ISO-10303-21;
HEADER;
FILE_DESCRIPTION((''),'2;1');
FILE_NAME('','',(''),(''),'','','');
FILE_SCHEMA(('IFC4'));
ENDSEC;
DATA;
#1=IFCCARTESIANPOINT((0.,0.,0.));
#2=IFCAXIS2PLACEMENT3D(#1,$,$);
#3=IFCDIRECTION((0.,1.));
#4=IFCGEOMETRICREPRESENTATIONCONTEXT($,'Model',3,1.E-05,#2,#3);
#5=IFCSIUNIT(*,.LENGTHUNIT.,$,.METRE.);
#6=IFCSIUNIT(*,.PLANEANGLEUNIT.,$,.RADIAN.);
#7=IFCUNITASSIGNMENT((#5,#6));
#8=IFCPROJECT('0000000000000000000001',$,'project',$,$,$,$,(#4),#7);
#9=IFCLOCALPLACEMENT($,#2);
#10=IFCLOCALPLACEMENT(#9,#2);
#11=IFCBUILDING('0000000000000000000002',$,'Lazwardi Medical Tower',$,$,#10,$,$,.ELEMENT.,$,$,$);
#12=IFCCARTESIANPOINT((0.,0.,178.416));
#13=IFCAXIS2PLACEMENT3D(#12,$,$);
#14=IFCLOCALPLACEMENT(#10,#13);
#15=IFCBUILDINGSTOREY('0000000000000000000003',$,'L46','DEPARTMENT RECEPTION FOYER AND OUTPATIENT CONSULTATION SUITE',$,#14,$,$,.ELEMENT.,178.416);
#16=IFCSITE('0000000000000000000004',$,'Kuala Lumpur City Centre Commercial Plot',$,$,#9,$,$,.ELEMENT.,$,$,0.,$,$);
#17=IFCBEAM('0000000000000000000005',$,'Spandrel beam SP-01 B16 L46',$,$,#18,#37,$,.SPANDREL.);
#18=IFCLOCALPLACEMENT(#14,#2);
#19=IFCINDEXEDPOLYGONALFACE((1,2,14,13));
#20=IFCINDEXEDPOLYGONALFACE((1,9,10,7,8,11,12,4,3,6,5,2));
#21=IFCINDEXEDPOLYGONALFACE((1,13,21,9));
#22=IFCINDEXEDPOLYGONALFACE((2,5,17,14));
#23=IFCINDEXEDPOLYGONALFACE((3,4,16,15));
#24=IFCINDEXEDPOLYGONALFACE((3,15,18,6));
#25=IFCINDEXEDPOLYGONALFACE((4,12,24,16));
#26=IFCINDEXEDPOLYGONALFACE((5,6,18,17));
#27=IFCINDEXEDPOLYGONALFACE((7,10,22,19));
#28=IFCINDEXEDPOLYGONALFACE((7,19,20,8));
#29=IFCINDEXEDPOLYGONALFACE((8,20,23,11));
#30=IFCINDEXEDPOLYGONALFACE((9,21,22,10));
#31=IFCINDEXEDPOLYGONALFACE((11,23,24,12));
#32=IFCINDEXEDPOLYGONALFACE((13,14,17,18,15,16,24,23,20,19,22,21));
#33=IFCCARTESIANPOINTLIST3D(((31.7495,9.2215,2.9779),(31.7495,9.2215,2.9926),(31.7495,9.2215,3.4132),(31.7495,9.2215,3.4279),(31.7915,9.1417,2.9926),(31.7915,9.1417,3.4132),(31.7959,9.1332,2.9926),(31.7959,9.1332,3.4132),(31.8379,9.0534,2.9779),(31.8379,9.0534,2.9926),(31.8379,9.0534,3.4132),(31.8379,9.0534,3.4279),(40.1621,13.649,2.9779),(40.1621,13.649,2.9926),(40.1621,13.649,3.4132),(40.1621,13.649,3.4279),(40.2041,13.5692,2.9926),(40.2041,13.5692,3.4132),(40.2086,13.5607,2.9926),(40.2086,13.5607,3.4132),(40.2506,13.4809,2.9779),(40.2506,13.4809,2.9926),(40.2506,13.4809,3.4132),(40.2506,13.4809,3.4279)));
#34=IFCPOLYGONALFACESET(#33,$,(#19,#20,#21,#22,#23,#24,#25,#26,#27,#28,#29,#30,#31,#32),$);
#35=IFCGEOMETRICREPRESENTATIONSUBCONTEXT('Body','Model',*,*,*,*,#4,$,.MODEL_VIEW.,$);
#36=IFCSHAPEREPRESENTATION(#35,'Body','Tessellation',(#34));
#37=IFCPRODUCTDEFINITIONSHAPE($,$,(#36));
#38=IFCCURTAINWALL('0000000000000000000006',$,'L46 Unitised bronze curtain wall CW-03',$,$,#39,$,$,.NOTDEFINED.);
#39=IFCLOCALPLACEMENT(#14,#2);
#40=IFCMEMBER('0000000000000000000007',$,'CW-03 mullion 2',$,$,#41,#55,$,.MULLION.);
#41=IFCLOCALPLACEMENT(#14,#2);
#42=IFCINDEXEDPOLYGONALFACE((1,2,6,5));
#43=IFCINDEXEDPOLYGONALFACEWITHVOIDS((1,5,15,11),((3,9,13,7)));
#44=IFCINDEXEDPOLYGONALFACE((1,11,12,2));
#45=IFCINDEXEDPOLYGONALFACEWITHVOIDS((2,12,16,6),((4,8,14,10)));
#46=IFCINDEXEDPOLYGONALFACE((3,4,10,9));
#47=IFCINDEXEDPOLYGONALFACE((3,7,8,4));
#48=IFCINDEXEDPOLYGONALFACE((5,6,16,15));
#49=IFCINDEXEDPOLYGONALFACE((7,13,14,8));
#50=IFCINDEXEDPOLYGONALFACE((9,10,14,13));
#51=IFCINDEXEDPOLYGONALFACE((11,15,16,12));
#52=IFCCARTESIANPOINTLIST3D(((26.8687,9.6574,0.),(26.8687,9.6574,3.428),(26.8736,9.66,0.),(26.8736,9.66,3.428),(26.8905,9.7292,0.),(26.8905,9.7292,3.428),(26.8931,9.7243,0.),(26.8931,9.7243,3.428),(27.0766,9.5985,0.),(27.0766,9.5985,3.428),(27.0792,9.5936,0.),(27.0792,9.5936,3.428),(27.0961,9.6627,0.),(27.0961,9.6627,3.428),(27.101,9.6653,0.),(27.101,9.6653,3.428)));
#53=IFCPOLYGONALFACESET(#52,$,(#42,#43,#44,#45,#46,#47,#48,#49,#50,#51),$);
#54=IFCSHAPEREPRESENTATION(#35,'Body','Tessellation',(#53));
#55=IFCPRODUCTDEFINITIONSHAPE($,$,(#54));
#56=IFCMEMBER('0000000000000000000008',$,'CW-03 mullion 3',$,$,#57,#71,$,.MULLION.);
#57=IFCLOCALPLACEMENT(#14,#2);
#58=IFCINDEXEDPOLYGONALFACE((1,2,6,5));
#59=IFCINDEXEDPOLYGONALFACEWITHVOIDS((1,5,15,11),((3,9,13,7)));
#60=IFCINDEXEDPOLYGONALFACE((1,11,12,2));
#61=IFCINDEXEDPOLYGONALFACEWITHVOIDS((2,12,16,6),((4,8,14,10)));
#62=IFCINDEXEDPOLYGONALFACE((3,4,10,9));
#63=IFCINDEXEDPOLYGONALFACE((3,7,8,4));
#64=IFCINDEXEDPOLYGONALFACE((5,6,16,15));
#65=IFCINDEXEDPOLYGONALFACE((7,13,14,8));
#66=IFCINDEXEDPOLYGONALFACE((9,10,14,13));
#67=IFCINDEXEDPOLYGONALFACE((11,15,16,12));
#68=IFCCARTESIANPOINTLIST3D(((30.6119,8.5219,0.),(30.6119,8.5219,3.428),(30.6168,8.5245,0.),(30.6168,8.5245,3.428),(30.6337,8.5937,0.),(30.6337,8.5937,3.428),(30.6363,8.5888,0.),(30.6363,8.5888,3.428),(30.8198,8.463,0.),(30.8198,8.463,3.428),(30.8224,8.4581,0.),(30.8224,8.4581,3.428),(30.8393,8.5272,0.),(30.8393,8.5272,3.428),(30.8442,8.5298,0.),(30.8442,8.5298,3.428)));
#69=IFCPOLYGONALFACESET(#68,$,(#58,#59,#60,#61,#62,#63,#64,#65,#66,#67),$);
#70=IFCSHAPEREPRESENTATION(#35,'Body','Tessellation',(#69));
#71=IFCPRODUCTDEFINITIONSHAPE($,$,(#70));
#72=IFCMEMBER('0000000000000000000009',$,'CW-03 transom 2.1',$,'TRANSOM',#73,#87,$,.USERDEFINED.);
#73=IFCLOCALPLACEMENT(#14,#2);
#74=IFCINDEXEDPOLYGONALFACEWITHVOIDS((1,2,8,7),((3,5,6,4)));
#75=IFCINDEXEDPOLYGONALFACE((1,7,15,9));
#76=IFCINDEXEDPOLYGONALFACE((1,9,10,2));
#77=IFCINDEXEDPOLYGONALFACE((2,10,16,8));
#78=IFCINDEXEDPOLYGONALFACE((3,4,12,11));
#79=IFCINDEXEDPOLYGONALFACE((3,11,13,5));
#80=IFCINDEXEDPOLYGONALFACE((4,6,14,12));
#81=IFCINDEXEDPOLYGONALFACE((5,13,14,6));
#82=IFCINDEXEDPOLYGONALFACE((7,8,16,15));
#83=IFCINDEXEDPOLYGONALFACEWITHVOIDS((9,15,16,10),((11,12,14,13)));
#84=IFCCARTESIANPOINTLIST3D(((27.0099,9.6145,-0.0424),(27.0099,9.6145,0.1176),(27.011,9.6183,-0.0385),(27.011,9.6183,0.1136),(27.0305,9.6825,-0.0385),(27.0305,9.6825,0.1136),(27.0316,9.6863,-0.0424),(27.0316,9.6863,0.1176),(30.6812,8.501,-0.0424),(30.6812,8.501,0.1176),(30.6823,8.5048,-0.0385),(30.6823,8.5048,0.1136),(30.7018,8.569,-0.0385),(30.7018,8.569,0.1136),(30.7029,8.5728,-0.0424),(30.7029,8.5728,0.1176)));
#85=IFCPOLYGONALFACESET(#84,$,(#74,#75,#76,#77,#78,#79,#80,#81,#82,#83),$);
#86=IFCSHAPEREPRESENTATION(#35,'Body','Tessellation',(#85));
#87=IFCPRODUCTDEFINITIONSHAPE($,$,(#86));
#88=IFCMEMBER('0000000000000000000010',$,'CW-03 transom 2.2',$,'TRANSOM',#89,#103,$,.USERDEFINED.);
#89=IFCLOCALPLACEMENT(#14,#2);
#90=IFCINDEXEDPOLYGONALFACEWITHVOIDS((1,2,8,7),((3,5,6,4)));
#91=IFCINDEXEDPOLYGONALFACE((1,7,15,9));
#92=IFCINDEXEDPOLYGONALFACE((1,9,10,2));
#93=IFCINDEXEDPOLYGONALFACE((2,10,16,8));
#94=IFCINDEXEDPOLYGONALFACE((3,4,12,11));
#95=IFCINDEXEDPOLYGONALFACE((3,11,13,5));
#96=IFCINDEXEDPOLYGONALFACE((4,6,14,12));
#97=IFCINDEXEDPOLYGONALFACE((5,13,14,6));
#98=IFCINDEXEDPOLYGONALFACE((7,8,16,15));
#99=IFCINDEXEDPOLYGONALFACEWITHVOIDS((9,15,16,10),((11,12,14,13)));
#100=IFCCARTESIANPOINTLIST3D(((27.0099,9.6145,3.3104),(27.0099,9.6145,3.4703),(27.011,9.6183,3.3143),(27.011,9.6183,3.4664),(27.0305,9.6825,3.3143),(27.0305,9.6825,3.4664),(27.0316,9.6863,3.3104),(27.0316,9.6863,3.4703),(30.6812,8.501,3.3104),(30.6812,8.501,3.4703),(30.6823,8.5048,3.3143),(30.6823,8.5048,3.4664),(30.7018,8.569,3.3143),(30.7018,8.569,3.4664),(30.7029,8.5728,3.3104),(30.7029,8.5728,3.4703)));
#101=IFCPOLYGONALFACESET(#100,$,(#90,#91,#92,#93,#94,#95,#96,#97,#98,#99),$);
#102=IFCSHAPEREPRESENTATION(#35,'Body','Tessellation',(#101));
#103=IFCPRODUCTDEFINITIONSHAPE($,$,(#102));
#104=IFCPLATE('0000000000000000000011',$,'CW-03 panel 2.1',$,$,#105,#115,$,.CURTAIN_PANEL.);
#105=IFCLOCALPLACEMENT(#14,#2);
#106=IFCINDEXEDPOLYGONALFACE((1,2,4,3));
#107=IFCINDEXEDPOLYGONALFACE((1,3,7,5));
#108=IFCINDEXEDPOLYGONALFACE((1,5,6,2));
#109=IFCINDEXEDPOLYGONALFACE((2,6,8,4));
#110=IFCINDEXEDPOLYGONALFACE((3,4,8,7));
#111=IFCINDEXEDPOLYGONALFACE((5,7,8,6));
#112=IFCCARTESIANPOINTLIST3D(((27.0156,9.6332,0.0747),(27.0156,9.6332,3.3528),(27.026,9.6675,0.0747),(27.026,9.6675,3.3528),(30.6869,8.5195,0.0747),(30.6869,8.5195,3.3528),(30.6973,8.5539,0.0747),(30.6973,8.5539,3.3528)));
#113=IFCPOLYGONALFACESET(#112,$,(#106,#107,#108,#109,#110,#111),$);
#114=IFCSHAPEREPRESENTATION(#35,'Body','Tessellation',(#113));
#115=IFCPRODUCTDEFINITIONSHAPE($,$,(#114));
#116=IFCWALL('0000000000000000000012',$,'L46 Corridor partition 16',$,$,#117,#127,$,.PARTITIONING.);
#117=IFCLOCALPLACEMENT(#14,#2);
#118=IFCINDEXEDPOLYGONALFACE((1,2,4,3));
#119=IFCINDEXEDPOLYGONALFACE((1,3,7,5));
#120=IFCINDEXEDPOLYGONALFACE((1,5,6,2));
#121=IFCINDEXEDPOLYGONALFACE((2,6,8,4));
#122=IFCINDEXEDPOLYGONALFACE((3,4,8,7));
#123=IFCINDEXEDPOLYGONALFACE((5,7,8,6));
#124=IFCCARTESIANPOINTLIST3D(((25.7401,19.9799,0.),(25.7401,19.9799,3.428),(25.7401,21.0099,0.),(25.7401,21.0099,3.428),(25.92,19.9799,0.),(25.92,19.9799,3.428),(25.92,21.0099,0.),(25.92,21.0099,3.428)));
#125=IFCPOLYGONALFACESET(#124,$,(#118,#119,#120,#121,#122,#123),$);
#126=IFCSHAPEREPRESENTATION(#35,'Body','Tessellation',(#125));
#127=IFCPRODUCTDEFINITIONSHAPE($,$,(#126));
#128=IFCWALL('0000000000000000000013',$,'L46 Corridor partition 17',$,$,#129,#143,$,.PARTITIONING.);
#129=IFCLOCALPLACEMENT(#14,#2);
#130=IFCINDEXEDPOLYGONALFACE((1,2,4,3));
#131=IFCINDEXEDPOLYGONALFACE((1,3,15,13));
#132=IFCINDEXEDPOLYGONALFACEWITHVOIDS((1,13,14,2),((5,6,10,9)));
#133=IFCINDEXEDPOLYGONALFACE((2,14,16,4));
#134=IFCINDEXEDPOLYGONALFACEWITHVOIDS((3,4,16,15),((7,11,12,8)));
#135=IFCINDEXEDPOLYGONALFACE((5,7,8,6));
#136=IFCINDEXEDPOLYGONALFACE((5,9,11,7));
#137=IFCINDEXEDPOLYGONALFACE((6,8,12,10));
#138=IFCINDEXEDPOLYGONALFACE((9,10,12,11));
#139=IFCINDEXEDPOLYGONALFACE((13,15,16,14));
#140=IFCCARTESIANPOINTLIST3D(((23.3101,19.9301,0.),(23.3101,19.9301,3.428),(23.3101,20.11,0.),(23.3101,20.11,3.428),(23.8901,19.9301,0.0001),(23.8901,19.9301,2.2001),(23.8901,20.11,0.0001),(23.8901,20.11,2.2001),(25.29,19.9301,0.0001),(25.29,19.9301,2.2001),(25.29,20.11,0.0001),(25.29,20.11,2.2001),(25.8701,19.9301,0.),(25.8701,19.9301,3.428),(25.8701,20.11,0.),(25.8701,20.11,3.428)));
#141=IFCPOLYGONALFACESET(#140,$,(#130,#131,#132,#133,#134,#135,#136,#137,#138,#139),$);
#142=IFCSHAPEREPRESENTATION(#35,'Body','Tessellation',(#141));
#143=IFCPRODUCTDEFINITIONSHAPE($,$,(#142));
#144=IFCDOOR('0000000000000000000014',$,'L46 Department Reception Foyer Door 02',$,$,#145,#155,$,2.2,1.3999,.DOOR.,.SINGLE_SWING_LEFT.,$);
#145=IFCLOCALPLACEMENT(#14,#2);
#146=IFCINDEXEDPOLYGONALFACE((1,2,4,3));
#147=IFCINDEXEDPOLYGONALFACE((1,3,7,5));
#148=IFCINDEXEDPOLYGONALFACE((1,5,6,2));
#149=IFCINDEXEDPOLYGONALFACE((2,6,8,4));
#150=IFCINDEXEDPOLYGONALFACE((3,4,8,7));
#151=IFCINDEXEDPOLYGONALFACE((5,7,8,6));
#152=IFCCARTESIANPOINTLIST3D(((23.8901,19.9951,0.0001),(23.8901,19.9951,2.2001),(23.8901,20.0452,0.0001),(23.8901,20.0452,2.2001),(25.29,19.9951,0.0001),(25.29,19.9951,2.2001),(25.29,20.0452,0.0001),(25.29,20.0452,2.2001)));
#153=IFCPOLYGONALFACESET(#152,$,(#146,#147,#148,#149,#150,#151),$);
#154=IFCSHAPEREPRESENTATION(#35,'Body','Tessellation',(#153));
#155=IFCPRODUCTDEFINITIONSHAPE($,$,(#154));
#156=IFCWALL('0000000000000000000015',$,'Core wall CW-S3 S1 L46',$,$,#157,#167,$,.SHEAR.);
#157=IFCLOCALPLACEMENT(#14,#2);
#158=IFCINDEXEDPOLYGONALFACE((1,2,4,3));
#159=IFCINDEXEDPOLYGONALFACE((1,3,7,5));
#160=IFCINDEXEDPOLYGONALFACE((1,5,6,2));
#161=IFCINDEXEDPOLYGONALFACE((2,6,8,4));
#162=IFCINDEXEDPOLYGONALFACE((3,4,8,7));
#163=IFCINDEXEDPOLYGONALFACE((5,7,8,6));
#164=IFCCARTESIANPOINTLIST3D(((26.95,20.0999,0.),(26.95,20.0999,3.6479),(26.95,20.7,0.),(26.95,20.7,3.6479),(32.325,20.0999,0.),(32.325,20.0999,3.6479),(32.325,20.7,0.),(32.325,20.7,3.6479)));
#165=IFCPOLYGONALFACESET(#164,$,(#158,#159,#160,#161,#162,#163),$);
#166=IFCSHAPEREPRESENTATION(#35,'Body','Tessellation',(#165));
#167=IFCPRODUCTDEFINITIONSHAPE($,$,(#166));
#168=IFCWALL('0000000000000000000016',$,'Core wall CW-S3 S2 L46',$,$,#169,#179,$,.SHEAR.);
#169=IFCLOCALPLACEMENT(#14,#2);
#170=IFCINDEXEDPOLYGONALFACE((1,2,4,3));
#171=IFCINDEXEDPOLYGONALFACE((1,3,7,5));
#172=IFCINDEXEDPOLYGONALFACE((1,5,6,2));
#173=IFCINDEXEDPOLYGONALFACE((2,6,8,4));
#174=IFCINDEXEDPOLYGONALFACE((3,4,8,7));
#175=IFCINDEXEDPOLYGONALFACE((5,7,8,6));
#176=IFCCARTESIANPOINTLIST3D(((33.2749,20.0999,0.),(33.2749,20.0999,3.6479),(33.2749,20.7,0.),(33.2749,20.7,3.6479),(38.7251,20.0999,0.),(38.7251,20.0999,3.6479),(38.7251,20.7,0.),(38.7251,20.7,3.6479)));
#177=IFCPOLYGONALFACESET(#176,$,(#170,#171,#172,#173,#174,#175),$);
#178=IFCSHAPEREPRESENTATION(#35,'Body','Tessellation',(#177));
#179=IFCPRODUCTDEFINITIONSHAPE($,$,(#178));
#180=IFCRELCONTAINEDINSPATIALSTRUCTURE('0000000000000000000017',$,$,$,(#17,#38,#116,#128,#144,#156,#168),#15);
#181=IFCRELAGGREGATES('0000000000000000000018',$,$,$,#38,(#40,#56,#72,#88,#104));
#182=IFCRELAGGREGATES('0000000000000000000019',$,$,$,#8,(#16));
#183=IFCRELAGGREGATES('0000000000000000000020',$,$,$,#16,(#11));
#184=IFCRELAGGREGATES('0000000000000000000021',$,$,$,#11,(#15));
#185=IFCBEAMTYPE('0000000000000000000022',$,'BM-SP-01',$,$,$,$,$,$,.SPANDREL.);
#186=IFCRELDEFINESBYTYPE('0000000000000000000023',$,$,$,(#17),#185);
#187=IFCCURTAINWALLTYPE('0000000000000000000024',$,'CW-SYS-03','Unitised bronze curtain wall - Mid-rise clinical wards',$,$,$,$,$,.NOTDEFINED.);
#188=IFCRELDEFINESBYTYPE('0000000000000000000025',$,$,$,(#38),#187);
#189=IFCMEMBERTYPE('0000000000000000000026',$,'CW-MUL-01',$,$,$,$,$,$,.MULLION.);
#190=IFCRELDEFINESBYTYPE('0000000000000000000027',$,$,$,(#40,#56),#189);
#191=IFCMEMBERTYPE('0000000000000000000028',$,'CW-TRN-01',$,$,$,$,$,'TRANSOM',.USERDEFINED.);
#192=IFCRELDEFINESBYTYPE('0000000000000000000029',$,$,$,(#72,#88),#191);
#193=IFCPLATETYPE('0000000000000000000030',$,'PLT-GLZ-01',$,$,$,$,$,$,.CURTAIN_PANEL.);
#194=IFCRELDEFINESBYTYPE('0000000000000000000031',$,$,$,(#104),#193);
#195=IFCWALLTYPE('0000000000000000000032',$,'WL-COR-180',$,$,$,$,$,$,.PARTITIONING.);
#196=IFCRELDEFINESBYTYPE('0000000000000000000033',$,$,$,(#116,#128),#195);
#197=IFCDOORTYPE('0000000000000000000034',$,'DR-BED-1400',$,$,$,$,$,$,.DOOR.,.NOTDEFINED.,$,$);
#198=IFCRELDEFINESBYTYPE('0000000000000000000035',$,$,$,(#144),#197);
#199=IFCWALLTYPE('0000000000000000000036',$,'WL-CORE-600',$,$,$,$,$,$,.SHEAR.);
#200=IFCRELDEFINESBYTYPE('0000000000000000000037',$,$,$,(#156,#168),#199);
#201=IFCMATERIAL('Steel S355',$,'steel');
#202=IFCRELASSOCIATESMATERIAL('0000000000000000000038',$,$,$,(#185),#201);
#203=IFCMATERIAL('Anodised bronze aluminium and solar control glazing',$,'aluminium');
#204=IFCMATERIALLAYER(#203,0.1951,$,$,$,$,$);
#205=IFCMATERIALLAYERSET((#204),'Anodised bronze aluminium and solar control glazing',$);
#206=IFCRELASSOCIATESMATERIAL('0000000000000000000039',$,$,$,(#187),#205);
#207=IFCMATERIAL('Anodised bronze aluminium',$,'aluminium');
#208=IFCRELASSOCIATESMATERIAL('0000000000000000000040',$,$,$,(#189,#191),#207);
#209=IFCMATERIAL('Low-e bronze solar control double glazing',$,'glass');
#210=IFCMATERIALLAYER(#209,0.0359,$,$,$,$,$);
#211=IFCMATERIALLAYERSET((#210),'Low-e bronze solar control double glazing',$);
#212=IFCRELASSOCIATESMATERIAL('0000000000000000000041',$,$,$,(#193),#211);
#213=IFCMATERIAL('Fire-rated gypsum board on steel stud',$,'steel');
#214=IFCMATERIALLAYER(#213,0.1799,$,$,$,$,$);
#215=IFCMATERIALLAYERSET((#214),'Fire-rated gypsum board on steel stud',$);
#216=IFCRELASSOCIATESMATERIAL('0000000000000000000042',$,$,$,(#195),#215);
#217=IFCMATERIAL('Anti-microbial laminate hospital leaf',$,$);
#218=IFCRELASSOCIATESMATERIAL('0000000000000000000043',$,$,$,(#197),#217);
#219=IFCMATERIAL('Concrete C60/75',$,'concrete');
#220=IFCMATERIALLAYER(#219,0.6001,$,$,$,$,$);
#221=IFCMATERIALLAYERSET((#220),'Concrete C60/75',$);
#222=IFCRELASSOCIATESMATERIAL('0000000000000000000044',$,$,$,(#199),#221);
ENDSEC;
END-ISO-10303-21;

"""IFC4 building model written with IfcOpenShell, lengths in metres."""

from ifc_helpers import new_model, si_unit, direction, frame, frame_2d, origin, origin_2d, place, context, subcontext, project, spatial, rectangle, hollow_rectangle, i_section, extrude, material, layer, layer_set, material_profile, profile_set, type_object, element, fill, aggregate, save


model = new_model("IFC4")

# Units and contexts
model_context = context("Model", 3, precision=1e-05, world=origin(), true_north=direction((0.0, 1.0)))
body_context = subcontext(model_context, "Body", "Model", "MODEL_VIEW")
ifc_project = project(units=[si_unit("LENGTHUNIT", "METRE"), si_unit("PLANEANGLEUNIT", "RADIAN")], contexts=[model_context])

# Site, building, storey
site_placement = place(None, origin())
site = spatial("IfcSite", under=ifc_project, at=site_placement, Name="Kuala Lumpur City Centre Commercial Plot", CompositionType="ELEMENT", RefElevation=0.0)
building_placement = place(site_placement, origin())
building = spatial("IfcBuilding", under=site, at=building_placement, Name="Lazwardi Medical Tower", CompositionType="ELEMENT")
storey_placement = place(building_placement, frame((0.0, 0.0, 178.416)))
storey = spatial("IfcBuildingStorey", under=building, at=storey_placement, Name="L46", Description="DEPARTMENT RECEPTION FOYER AND OUTPATIENT CONSULTATION SUITE", CompositionType="ELEMENT", Elevation=178.416)

# Shared definitions
ifc_material_1 = material(Name="Concrete C60/75", Category="concrete")

# Beam
ifc_material_2 = material(Name="Steel S355", Category="steel")
ifc_material_profile_1 = material_profile(ifc_material_2, i_section(OverallWidth=0.1899, OverallDepth=0.45, WebThickness=0.0095, FlangeThickness=0.0146, at=origin_2d()), Name="IPE 450")
ifc_profile_set_1 = profile_set([ifc_material_profile_1], Name="Steel S355")
beam_type_1 = type_object("IfcBeamType", Name="BM-SP-01", PredefinedType="SPANDREL", material=ifc_profile_set_1)
beam_1_placement = place(storey_placement, frame((31.7937, 9.1375, 3.2029), z_axis=(0.884927, 0.465731, 0.0), x_axis=(-0.465731, 0.884927, 0.0)))
element("IfcBeam", 1, at=beam_1_placement, inside=storey, type_object=beam_type_1, Name="Spandrel beam SP-01 B16 L46", PredefinedType="SPANDREL", context=body_context, shape_type="SweptSolid", body=[
    extrude(i_section(OverallWidth=0.1899, OverallDepth=0.45, WebThickness=0.0095, FlangeThickness=0.0146, at=origin_2d()), origin(), (0.0, 0.0, 1.0), 9.5066),
])

# Curtain wall, members, plate
ifc_material_3 = material(Name="Anodised bronze aluminium and solar control glazing", Category="aluminium")
ifc_layer_1 = layer(ifc_material_3, 0.1951)
ifc_layer_set_1 = layer_set([ifc_layer_1], Name="Anodised bronze aluminium and solar control glazing")
curtain_wall_type = type_object("IfcCurtainWallType", Name="CW-SYS-03", Description="Unitised bronze curtain wall - Mid-rise clinical wards", PredefinedType="NOTDEFINED", material=ifc_layer_set_1)
curtain_wall_placement = place(storey_placement, origin())
curtain_wall = element("IfcCurtainWall", 2, at=curtain_wall_placement, inside=storey, type_object=curtain_wall_type, Name="L46 Unitised bronze curtain wall CW-03", PredefinedType="NOTDEFINED")
ifc_material_4 = material(Name="Anodised bronze aluminium", Category="aluminium")
ifc_material_profile_2 = material_profile(ifc_material_4, hollow_rectangle(XDim=0.075, YDim=0.22, WallThickness=0.0039, at=origin_2d()), Name="ALU-MULLION 220x75x4")
ifc_profile_set_2 = profile_set([ifc_material_profile_2], Name="Anodised bronze aluminium")
member_type_1 = type_object("IfcMemberType", Name="CW-MUL-01", PredefinedType="MULLION", material=ifc_profile_set_2)
member_1_placement = place(storey_placement, frame((26.9849, 9.6614, 0.0), z_axis=(0.0, 0.0, 1.0), x_axis=(0.290281, 0.956942, 0.0)))
member_1 = element("IfcMember", 3, at=member_1_placement, type_object=member_type_1, Name="CW-03 mullion 2", PredefinedType="MULLION", context=body_context, shape_type="SweptSolid", body=[
    extrude(hollow_rectangle(XDim=0.075, YDim=0.22, WallThickness=0.0039, at=origin_2d()), origin(), (0.0, 0.0, 1.0), 3.428),
])
member_2_placement = place(storey_placement, frame((30.728, 8.5259, 0.0), z_axis=(0.0, 0.0, 1.0), x_axis=(0.290281, 0.956942, 0.0)))
member_2 = element("IfcMember", 4, at=member_2_placement, type_object=member_type_1, Name="CW-03 mullion 3", PredefinedType="MULLION", context=body_context, shape_type="SweptSolid", body=[
    extrude(hollow_rectangle(XDim=0.075, YDim=0.22, WallThickness=0.0039, at=origin_2d()), origin(), (0.0, 0.0, 1.0), 3.428),
])
ifc_material_profile_3 = material_profile(ifc_material_4, hollow_rectangle(XDim=0.075, YDim=0.1599, WallThickness=0.0039, at=origin_2d()), Name="ALU-TRANSOM 160x75x4")
ifc_profile_set_3 = profile_set([ifc_material_profile_3], Name="Anodised bronze aluminium")
member_type_2 = type_object("IfcMemberType", Name="CW-TRN-01", ElementType="TRANSOM", PredefinedType="USERDEFINED", material=ifc_profile_set_3)
member_3_placement = place(storey_placement, frame((27.0208, 9.6504, 0.0376), z_axis=(0.956953, -0.290242, 0.0), x_axis=(0.290242, 0.956953, 0.0)))
member_3 = element("IfcMember", 5, at=member_3_placement, type_object=member_type_2, Name="CW-03 transom 2.1", ObjectType="TRANSOM", PredefinedType="USERDEFINED", context=body_context, shape_type="SweptSolid", body=[
    extrude(hollow_rectangle(XDim=0.075, YDim=0.1599, WallThickness=0.0039, at=origin_2d()), origin(), (0.0, 0.0, 1.0), 3.8364),
])
member_4_placement = place(storey_placement, frame((27.0208, 9.6504, 3.3904), z_axis=(0.956953, -0.290242, 0.0), x_axis=(0.290242, 0.956953, 0.0)))
member_4 = element("IfcMember", 6, at=member_4_placement, type_object=member_type_2, Name="CW-03 transom 2.2", ObjectType="TRANSOM", PredefinedType="USERDEFINED", context=body_context, shape_type="SweptSolid", body=[
    extrude(hollow_rectangle(XDim=0.075, YDim=0.1599, WallThickness=0.0039, at=origin_2d()), origin(), (0.0, 0.0, 1.0), 3.8364),
])
ifc_material_5 = material(Name="Low-e bronze solar control double glazing", Category="glass")
ifc_layer_2 = layer(ifc_material_5, 0.0359)
ifc_layer_set_2 = layer_set([ifc_layer_2], Name="Low-e bronze solar control double glazing")
plate_type = type_object("IfcPlateType", Name="PLT-GLZ-01", PredefinedType="CURTAIN_PANEL", material=ifc_layer_set_2)
plate_placement = place(storey_placement, frame((28.8564, 9.0935, 0.0747), z_axis=(0.0, 0.0, 1.0), x_axis=(0.956942, -0.290281, 0.0)))
plate = element("IfcPlate", 7, at=plate_placement, type_object=plate_type, Name="CW-03 panel 2.1", PredefinedType="CURTAIN_PANEL", context=body_context, shape_type="SweptSolid", body=[
    extrude(rectangle(XDim=3.8364, YDim=0.0359, at=origin_2d()), origin(), (0.0, 0.0, 1.0), 3.2781),
])
aggregate(curtain_wall, [member_1, member_2, member_3, member_4, plate])

# Wall
ifc_material_6 = material(Name="Fire-rated gypsum board on steel stud", Category="steel")
ifc_layer_3 = layer(ifc_material_6, 0.1799)
ifc_layer_set_3 = layer_set([ifc_layer_3], Name="Fire-rated gypsum board on steel stud")
wall_type_1 = type_object("IfcWallType", Name="WL-COR-180", PredefinedType="PARTITIONING", material=ifc_layer_set_3)
wall_1_placement = place(storey_placement, frame((25.8301, 21.01, 0.0), z_axis=(0.0, 0.0, 1.0), x_axis=(0.0, -1.0, 0.0)))
element("IfcWall", 8, at=wall_1_placement, inside=storey, type_object=wall_type_1, Name="L46 Corridor partition 16", PredefinedType="PARTITIONING", context=body_context, shape_type="SweptSolid", body=[
    extrude(rectangle(XDim=1.03, YDim=0.1799, at=frame_2d((0.5151, 0.0))), origin(), (0.0, 0.0, 1.0), 3.428),
])

# Wall, opening, door
wall_2_placement = place(storey_placement, frame((25.8701, 20.02, 0.0), z_axis=(0.0, 0.0, 1.0), x_axis=(-1.0, 0.0, 0.0)))
wall_2 = element("IfcWall", 9, at=wall_2_placement, inside=storey, type_object=wall_type_1, Name="L46 Corridor partition 17", PredefinedType="PARTITIONING", context=body_context, shape_type="SweptSolid", body=[
    extrude(rectangle(XDim=2.5601, YDim=0.1799, at=frame_2d((1.28, 0.0))), origin(), (0.0, 0.0, 1.0), 3.428),
])
opening_1_placement = place(wall_2_placement, frame((0.5801, 0.0, 0.0)))
opening_1 = element("IfcOpeningElement", 10, at=opening_1_placement, cuts=wall_2, PredefinedType="OPENING", context=body_context, shape_type="SweptSolid", body=[
    extrude(rectangle(XDim=1.3999, YDim=2.2, at=frame_2d((0.7, 1.1001))), frame((0.0, 0.0999, 0.0), z_axis=(0.0, -1.0, 0.0), x_axis=(1.0, 0.0, 0.0)), (0.0, 0.0, 1.0), 0.2),
])
ifc_material_7 = material(Name="Anti-microbial laminate hospital leaf")
door_type_1 = type_object("IfcDoorType", Name="DR-BED-1400", OperationType="NOTDEFINED", PredefinedType="DOOR", material=ifc_material_7)
door_1_placement = place(opening_1_placement, origin())
door_1 = element("IfcDoor", 11, at=door_1_placement, inside=storey, type_object=door_type_1, Name="L46 Department Reception Foyer Door 02", OperationType="SINGLE_SWING_LEFT", OverallHeight=2.2, OverallWidth=1.3999, PredefinedType="DOOR", context=body_context, shape_type="SweptSolid", body=[
    extrude(rectangle(XDim=1.3999, YDim=2.2, at=frame_2d((0.7, 1.1001))), frame((0.0, 0.0249, 0.0), z_axis=(0.0, -1.0, 0.0), x_axis=(1.0, 0.0, 0.0)), (0.0, 0.0, 1.0), 0.05),
])
fill(opening_1, door_1)

# Shared definitions
ifc_layer_4 = layer(ifc_material_1, 0.6001)
ifc_layer_set_4 = layer_set([ifc_layer_4], Name="Concrete C60/75")
wall_type_2 = type_object("IfcWallType", Name="WL-CORE-600", PredefinedType="SHEAR", material=ifc_layer_set_4)

# Walls
wall_3_placement = place(storey_placement, frame((26.95, 20.3999, 0.0), z_axis=(0.0, 0.0, 1.0), x_axis=(1.0, 0.0, 0.0)))
element("IfcWall", 12, at=wall_3_placement, inside=storey, type_object=wall_type_2, Name="Core wall CW-S3 S1 L46", PredefinedType="SHEAR", context=body_context, shape_type="SweptSolid", body=[
    extrude(rectangle(XDim=5.375, YDim=0.6001, at=frame_2d((2.6875, 0.0))), origin(), (0.0, 0.0, 1.0), 3.6479),
])
wall_4_placement = place(storey_placement, frame((33.2749, 20.3999, 0.0), z_axis=(0.0, 0.0, 1.0), x_axis=(1.0, 0.0, 0.0)))
element("IfcWall", 13, at=wall_4_placement, inside=storey, type_object=wall_type_2, Name="Core wall CW-S3 S2 L46", PredefinedType="SHEAR", context=body_context, shape_type="SweptSolid", body=[
    extrude(rectangle(XDim=5.4502, YDim=0.6001, at=frame_2d((2.7251, 0.0))), origin(), (0.0, 0.0, 1.0), 3.6479),
])

save(model, "model.ifc")
